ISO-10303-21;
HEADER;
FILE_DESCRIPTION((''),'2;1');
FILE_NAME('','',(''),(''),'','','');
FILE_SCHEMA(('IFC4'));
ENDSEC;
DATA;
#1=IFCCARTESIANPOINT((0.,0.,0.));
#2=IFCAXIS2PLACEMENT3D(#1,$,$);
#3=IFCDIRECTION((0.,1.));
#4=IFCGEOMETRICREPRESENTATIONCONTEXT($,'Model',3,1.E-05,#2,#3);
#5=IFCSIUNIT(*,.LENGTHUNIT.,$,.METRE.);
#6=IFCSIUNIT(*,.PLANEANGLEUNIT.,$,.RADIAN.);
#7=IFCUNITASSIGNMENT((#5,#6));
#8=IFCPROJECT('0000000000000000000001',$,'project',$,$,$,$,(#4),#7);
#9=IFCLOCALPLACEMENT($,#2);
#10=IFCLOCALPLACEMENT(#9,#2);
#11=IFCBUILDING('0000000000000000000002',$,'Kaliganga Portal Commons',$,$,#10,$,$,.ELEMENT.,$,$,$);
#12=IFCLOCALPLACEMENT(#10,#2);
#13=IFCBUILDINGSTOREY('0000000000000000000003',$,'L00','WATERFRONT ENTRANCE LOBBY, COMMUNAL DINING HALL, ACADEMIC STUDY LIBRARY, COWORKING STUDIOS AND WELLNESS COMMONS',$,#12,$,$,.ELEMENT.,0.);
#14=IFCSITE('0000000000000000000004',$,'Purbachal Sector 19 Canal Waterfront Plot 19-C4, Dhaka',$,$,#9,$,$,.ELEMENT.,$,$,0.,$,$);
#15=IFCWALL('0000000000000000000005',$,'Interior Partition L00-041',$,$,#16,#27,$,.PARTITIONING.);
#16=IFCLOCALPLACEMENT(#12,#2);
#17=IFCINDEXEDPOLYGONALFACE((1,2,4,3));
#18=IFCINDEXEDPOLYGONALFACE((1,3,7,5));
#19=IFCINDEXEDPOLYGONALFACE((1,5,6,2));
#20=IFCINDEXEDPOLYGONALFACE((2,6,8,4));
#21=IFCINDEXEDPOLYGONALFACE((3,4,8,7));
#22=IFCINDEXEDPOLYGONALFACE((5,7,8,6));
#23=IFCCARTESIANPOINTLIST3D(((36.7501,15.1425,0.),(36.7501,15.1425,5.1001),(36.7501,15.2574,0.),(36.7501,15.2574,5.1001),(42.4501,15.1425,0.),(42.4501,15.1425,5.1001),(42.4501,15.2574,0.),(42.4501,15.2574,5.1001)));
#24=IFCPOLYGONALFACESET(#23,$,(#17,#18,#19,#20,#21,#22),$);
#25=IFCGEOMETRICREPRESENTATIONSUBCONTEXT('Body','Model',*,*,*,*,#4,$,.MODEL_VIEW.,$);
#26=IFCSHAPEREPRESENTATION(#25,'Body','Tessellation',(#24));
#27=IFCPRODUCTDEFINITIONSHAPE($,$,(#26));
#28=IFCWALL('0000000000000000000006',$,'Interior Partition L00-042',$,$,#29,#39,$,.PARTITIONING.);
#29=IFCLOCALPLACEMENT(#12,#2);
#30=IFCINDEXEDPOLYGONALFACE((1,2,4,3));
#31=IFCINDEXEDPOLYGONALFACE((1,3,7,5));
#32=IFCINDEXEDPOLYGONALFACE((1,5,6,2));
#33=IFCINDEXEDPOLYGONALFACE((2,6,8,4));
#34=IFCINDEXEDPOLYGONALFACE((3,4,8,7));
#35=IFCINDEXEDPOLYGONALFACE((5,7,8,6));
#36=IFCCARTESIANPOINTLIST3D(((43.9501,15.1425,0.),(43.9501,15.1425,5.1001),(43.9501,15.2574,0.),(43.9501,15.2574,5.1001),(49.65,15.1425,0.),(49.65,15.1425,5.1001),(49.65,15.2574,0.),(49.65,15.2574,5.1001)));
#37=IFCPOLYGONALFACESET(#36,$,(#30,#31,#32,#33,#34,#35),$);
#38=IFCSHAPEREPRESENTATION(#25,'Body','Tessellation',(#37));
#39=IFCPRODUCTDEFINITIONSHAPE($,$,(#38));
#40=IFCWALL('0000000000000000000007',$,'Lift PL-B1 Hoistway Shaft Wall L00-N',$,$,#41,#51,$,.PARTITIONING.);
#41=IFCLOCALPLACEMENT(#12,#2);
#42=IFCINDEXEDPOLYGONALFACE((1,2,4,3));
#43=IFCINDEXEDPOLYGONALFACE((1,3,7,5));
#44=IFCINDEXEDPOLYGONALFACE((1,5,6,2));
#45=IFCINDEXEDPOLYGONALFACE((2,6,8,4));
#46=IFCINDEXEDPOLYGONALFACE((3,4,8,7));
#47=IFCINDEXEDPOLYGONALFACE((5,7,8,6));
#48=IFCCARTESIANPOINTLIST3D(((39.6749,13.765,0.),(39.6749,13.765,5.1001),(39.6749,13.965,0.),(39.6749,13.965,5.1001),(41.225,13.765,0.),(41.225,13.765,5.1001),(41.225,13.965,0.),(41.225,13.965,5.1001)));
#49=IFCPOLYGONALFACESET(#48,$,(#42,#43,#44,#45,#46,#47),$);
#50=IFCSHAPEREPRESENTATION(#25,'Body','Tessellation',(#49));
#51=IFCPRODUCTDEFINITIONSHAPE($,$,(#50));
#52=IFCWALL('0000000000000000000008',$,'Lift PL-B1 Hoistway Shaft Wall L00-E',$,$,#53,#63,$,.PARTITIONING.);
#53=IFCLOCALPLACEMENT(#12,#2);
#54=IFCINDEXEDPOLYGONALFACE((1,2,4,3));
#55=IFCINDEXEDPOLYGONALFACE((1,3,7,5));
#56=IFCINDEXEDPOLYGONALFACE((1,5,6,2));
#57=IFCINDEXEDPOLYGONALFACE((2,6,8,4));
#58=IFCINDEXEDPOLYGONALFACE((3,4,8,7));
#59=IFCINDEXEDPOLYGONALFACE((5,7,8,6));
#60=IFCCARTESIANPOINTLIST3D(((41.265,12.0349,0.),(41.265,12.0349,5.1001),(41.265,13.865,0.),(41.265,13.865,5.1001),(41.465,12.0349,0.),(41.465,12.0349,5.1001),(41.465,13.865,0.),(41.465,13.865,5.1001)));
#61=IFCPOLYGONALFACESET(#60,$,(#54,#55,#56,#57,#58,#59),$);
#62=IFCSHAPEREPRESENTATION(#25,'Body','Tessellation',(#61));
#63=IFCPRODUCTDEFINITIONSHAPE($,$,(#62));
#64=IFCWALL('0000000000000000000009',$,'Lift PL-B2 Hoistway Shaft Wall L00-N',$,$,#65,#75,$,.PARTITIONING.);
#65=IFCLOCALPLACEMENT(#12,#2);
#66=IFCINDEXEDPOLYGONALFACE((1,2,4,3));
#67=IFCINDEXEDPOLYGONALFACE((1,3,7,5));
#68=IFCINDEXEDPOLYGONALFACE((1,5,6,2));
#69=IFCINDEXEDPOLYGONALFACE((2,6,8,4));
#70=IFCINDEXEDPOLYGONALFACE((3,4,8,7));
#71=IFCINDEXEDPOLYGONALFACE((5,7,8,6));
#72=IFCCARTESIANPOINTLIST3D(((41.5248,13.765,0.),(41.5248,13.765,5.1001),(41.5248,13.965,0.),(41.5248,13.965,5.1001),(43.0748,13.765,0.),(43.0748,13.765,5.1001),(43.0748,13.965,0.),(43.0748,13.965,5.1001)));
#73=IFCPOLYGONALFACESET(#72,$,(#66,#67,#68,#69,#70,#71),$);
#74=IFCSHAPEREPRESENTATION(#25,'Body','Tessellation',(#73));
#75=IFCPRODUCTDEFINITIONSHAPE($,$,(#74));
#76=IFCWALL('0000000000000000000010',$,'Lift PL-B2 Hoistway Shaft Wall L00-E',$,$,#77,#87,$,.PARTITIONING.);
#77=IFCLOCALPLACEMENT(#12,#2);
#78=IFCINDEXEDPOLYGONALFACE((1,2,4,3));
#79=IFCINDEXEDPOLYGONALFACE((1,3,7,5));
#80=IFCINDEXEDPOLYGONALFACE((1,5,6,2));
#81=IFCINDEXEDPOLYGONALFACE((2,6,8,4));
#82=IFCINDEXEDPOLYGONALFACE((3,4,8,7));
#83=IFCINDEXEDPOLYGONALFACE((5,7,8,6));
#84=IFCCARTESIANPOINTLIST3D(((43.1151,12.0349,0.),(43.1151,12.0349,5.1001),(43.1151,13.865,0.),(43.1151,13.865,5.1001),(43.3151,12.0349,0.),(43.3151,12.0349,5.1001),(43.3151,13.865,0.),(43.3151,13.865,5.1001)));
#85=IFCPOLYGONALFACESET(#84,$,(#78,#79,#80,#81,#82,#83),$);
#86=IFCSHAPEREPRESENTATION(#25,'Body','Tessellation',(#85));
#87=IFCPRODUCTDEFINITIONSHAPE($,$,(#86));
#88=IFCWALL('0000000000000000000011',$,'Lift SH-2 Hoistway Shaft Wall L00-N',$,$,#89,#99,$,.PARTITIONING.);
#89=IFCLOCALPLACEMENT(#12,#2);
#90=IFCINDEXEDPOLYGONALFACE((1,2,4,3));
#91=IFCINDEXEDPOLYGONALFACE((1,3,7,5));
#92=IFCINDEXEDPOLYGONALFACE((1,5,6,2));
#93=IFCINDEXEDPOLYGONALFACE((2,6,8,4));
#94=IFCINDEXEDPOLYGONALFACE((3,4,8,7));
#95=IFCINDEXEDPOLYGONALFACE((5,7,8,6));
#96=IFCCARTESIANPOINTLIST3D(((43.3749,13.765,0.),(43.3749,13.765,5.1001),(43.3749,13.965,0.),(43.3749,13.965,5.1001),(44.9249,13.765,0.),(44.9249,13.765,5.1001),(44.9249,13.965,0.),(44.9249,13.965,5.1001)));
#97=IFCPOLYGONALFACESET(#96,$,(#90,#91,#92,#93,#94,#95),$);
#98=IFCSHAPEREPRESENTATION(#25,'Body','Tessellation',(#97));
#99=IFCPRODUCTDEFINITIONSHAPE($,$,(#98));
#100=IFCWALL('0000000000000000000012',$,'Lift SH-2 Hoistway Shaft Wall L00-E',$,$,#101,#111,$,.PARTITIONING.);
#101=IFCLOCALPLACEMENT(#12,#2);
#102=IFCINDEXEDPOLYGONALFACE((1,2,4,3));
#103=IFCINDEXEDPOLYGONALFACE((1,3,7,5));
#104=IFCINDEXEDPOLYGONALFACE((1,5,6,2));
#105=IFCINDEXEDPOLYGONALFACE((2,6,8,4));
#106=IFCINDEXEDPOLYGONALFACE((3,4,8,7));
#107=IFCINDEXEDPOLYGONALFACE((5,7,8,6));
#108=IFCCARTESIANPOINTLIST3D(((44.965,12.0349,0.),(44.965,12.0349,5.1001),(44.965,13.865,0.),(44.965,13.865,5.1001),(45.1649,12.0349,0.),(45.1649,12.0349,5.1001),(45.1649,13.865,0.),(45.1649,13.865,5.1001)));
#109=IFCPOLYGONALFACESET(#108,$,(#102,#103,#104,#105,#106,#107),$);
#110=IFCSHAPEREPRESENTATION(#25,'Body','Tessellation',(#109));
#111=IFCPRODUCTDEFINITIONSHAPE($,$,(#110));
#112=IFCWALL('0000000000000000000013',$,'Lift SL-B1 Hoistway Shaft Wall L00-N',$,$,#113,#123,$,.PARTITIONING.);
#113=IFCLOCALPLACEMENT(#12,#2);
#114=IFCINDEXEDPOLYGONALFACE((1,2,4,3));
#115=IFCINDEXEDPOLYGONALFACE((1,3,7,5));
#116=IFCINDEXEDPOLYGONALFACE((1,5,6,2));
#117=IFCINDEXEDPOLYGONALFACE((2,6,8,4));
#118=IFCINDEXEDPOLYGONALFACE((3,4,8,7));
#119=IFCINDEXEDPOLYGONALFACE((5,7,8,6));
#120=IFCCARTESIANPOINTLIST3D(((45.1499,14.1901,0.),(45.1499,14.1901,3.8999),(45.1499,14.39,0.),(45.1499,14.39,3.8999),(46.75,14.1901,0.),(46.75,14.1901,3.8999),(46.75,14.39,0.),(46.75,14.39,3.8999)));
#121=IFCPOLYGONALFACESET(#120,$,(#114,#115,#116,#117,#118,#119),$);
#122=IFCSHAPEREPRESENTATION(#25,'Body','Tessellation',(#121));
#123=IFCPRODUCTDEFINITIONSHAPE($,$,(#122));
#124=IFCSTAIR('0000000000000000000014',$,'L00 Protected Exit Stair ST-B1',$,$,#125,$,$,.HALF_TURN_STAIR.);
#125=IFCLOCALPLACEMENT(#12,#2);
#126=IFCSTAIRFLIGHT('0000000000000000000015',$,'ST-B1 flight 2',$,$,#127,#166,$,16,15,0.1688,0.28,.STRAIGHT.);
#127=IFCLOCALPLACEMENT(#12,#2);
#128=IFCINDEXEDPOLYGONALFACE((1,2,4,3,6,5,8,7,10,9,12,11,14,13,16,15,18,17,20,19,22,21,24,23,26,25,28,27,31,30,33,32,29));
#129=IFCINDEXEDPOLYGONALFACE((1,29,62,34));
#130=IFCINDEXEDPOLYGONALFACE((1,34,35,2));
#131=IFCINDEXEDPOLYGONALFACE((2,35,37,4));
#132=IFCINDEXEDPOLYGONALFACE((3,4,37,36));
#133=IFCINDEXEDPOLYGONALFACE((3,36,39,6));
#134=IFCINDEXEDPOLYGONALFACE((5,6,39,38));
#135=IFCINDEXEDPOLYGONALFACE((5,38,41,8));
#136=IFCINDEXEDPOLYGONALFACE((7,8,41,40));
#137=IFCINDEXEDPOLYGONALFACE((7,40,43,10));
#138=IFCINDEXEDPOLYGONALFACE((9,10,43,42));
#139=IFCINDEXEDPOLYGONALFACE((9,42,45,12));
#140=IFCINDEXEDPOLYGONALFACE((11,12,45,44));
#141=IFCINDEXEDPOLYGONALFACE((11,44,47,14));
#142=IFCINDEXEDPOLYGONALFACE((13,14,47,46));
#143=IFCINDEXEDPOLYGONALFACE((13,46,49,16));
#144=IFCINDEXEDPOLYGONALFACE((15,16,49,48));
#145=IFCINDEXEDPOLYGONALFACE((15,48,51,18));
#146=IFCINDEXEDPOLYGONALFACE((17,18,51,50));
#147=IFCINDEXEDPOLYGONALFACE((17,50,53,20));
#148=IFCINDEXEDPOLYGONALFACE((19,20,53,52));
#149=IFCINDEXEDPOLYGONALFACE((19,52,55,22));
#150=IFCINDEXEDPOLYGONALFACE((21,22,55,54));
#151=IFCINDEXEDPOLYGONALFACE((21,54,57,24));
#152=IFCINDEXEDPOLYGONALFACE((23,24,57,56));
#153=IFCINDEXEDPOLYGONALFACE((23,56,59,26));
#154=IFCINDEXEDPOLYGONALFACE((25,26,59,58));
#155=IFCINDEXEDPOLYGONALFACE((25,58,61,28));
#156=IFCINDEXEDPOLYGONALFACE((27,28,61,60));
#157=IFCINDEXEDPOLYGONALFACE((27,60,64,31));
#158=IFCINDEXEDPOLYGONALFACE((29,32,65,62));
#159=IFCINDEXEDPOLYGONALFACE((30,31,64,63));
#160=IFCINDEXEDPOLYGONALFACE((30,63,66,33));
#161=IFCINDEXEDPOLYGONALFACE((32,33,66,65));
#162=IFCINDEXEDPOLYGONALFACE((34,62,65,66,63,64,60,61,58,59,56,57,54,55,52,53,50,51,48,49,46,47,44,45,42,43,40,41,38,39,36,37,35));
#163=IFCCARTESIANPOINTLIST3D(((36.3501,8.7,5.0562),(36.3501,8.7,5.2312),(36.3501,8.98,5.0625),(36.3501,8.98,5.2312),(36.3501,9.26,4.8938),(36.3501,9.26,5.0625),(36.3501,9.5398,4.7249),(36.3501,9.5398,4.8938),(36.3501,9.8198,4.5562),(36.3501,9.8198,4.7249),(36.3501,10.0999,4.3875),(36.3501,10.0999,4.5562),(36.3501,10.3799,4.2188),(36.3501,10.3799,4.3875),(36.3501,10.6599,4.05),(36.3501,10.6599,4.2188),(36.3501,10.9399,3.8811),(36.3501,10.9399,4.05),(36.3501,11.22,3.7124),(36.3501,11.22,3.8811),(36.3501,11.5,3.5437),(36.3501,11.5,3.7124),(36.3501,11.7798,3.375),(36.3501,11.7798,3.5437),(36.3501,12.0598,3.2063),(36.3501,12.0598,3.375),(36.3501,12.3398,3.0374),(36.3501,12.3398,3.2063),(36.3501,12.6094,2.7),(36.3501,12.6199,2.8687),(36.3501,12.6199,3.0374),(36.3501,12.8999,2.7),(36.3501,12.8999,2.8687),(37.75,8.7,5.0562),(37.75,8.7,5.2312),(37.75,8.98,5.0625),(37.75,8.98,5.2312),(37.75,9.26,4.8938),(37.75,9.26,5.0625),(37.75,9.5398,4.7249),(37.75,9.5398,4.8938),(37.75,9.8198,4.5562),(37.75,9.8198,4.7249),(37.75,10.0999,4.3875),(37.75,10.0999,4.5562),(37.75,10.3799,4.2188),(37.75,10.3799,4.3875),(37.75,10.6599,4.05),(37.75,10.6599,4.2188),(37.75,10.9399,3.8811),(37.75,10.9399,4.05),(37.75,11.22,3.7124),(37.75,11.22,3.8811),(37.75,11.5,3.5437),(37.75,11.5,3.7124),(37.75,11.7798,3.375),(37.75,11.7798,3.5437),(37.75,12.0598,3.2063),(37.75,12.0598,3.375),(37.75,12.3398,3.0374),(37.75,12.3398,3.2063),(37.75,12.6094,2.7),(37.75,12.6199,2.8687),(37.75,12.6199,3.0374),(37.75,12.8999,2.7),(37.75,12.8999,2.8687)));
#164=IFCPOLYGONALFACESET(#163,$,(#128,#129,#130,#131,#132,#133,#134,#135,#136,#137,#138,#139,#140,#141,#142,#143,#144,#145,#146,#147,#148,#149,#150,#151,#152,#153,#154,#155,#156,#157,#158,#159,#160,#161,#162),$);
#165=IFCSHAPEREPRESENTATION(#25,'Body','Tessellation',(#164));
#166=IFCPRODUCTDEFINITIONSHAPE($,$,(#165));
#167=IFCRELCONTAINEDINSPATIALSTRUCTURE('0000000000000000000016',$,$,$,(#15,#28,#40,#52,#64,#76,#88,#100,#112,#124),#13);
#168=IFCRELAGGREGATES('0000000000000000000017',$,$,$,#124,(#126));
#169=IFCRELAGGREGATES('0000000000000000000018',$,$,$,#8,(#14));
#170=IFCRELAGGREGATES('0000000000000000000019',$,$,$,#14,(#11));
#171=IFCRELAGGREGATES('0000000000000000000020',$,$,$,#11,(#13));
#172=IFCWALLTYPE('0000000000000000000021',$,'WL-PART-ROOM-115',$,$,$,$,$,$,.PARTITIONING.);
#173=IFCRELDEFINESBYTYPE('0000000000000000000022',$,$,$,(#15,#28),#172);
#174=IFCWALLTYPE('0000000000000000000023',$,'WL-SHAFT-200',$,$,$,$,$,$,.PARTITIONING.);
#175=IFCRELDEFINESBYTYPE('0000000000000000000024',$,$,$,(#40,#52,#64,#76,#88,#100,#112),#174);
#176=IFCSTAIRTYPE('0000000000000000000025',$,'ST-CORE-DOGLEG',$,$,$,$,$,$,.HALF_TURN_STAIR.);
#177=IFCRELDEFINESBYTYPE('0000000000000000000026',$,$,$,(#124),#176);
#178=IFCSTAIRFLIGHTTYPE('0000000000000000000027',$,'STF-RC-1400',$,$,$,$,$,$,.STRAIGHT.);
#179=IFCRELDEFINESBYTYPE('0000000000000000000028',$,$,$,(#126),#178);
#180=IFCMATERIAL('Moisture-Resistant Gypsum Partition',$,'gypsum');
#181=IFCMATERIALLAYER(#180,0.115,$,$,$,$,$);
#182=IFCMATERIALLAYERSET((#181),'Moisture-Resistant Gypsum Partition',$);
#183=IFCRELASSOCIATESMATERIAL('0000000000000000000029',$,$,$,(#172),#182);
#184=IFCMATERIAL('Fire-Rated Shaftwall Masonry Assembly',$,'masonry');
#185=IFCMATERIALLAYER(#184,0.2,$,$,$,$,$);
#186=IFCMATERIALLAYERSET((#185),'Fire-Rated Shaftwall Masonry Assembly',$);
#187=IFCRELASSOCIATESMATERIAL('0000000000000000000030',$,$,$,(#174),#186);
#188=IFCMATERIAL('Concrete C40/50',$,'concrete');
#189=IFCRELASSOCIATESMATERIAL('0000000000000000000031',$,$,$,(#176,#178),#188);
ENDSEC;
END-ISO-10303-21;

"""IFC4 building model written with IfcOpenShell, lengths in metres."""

from ifc_helpers import new_model, si_unit, direction, frame, frame_2d, origin, place, context, subcontext, project, spatial, polyline, rectangle, outline, extrude, material, layer, layer_set, type_object, element, aggregate, save


model = new_model("IFC4")

# Units and contexts
model_context = context("Model", 3, precision=1e-05, world=origin(), true_north=direction((0.0, 1.0)))
body_context = subcontext(model_context, "Body", "Model", "MODEL_VIEW")
ifc_project = project(units=[si_unit("LENGTHUNIT", "METRE"), si_unit("PLANEANGLEUNIT", "RADIAN")], contexts=[model_context])

# Site, building, storey
site_placement = place(None, origin())
site = spatial("IfcSite", under=ifc_project, at=site_placement, Name="Purbachal Sector 19 Canal Waterfront Plot 19-C4, Dhaka", CompositionType="ELEMENT", RefElevation=0.0)
building_placement = place(site_placement, origin())
building = spatial("IfcBuilding", under=site, at=building_placement, Name="Kaliganga Portal Commons", CompositionType="ELEMENT")
storey_placement = place(building_placement, origin())
storey = spatial("IfcBuildingStorey", under=building, at=storey_placement, Name="L00", Description="WATERFRONT ENTRANCE LOBBY, COMMUNAL DINING HALL, ACADEMIC STUDY LIBRARY, COWORKING STUDIOS AND WELLNESS COMMONS", CompositionType="ELEMENT", Elevation=0.0)

# Walls
ifc_material_1 = material(Name="Moisture-Resistant Gypsum Partition", Category="gypsum")
ifc_layer_1 = layer(ifc_material_1, 0.115)
ifc_layer_set_1 = layer_set([ifc_layer_1], Name="Moisture-Resistant Gypsum Partition")
wall_type_1 = type_object("IfcWallType", Name="WL-PART-ROOM-115", PredefinedType="PARTITIONING", material=ifc_layer_set_1)
for number, where, z_axis, x_axis, name in (
    (1, (36.75, 15.2, 0.0), (0.0, 0.0, 1.0), (1.0, 0.0, 0.0), "Interior Partition L00-041"),
    (2, (43.95, 15.2, 0.0), (0.0, 0.0, 1.0), (1.0, 0.0, 0.0), "Interior Partition L00-042"),
):
    element("IfcWall", number, at=place(storey_placement, frame(where, z_axis=z_axis, x_axis=x_axis)), inside=storey, type_object=wall_type_1, Name=name, PredefinedType="PARTITIONING", context=body_context, shape_type="SweptSolid", body=[
        extrude(rectangle(XDim=5.7, YDim=0.115, at=frame_2d((2.8501, 0.0))), origin(), (0.0, 0.0, 1.0), 5.1001),
    ])

# Shared definitions
ifc_material_2 = material(Name="Fire-Rated Shaftwall Masonry Assembly", Category="masonry")
ifc_layer_2 = layer(ifc_material_2, 0.2)
ifc_layer_set_2 = layer_set([ifc_layer_2], Name="Fire-Rated Shaftwall Masonry Assembly")
wall_type_2 = type_object("IfcWallType", Name="WL-SHAFT-200", PredefinedType="PARTITIONING", material=ifc_layer_set_2)

# Walls
wall_1_placement = place(storey_placement, frame((39.675, 13.865, 0.0), z_axis=(0.0, 0.0, 1.0), x_axis=(1.0, 0.0, 0.0)))
element("IfcWall", 3, at=wall_1_placement, inside=storey, type_object=wall_type_2, Name="Lift PL-B1 Hoistway Shaft Wall L00-N", PredefinedType="PARTITIONING", context=body_context, shape_type="SweptSolid", body=[
    extrude(rectangle(XDim=1.55, YDim=0.2, at=frame_2d((0.7749, 0.0))), origin(), (0.0, 0.0, 1.0), 5.1001),
])
wall_2_placement = place(storey_placement, frame((41.365, 12.0349, 0.0), z_axis=(0.0, 0.0, 1.0), x_axis=(0.0, 1.0, 0.0)))
element("IfcWall", 4, at=wall_2_placement, inside=storey, type_object=wall_type_2, Name="Lift PL-B1 Hoistway Shaft Wall L00-E", PredefinedType="PARTITIONING", context=body_context, shape_type="SweptSolid", body=[
    extrude(rectangle(XDim=1.8301, YDim=0.2, at=frame_2d((0.915, 0.0))), origin(), (0.0, 0.0, 1.0), 5.1001),
])

# Walls
wall_3_placement = place(storey_placement, frame((41.5249, 13.865, 0.0), z_axis=(0.0, 0.0, 1.0), x_axis=(1.0, 0.0, 0.0)))
element("IfcWall", 5, at=wall_3_placement, inside=storey, type_object=wall_type_2, Name="Lift PL-B2 Hoistway Shaft Wall L00-N", PredefinedType="PARTITIONING", context=body_context, shape_type="SweptSolid", body=[
    extrude(rectangle(XDim=1.55, YDim=0.2, at=frame_2d((0.7749, 0.0))), origin(), (0.0, 0.0, 1.0), 5.1001),
])
wall_4_placement = place(storey_placement, frame((43.2151, 12.0349, 0.0), z_axis=(0.0, 0.0, 1.0), x_axis=(0.0, 1.0, 0.0)))
element("IfcWall", 6, at=wall_4_placement, inside=storey, type_object=wall_type_2, Name="Lift PL-B2 Hoistway Shaft Wall L00-E", PredefinedType="PARTITIONING", context=body_context, shape_type="SweptSolid", body=[
    extrude(rectangle(XDim=1.8301, YDim=0.2, at=frame_2d((0.915, 0.0))), origin(), (0.0, 0.0, 1.0), 5.1001),
])

# Walls
wall_5_placement = place(storey_placement, frame((43.375, 13.865, 0.0), z_axis=(0.0, 0.0, 1.0), x_axis=(1.0, 0.0, 0.0)))
element("IfcWall", 7, at=wall_5_placement, inside=storey, type_object=wall_type_2, Name="Lift SH-2 Hoistway Shaft Wall L00-N", PredefinedType="PARTITIONING", context=body_context, shape_type="SweptSolid", body=[
    extrude(rectangle(XDim=1.55, YDim=0.2, at=frame_2d((0.7749, 0.0))), origin(), (0.0, 0.0, 1.0), 5.1001),
])
wall_6_placement = place(storey_placement, frame((45.0649, 12.0349, 0.0), z_axis=(0.0, 0.0, 1.0), x_axis=(0.0, 1.0, 0.0)))
element("IfcWall", 8, at=wall_6_placement, inside=storey, type_object=wall_type_2, Name="Lift SH-2 Hoistway Shaft Wall L00-E", PredefinedType="PARTITIONING", context=body_context, shape_type="SweptSolid", body=[
    extrude(rectangle(XDim=1.8301, YDim=0.2, at=frame_2d((0.915, 0.0))), origin(), (0.0, 0.0, 1.0), 5.1001),
])
wall_7_placement = place(storey_placement, frame((45.1499, 14.29, 0.0), z_axis=(0.0, 0.0, 1.0), x_axis=(1.0, 0.0, 0.0)))
element("IfcWall", 9, at=wall_7_placement, inside=storey, type_object=wall_type_2, Name="Lift SL-B1 Hoistway Shaft Wall L00-N", PredefinedType="PARTITIONING", context=body_context, shape_type="SweptSolid", body=[
    extrude(rectangle(XDim=1.6001, YDim=0.2, at=frame_2d((0.8, 0.0))), origin(), (0.0, 0.0, 1.0), 3.8999),
])

# Stair, stair flight
ifc_material_3 = material(Name="Concrete C40/50", Category="concrete")
stair_type = type_object("IfcStairType", Name="ST-CORE-DOGLEG", PredefinedType="HALF_TURN_STAIR", material=ifc_material_3)
stair_1_placement = place(storey_placement, origin())
stair_1 = element("IfcStair", 10, at=stair_1_placement, inside=storey, type_object=stair_type, Name="L00 Protected Exit Stair ST-B1", PredefinedType="HALF_TURN_STAIR")
stair_flight_type = type_object("IfcStairFlightType", Name="STF-RC-1400", PredefinedType="STRAIGHT", material=ifc_material_3)
stair_flight_1_placement = place(storey_placement, frame((37.05, 12.8999, 2.7), z_axis=(0.0, 0.0, 1.0), x_axis=(0.0, -1.0, 0.0)))
stair_flight_1 = element("IfcStairFlight", 11, at=stair_flight_1_placement, type_object=stair_flight_type, Name="ST-B1 flight 2", NumberOfRisers=16, NumberOfTreads=15, PredefinedType="STRAIGHT", RiserHeight=0.1688, TreadLength=0.28, context=body_context, shape_type="SweptSolid", body=[
    extrude(outline(polyline([(0.0, 0.0), (0.0, 0.1687), (0.28, 0.1687), (0.28, 0.3374), (0.5601, 0.3374), (0.5601, 0.5063), (0.8401, 0.5063), (0.8401, 0.675), (1.1201, 0.675), (1.1201, 0.8438), (1.3999, 0.8438), (1.3999, 1.0125), (1.6799, 1.0125), (1.6799, 1.1812), (1.96, 1.1812), (1.96, 1.3501), (2.24, 1.3501), (2.24, 1.5188), (2.52, 1.5188), (2.52, 1.6875), (2.8, 1.6875), (2.8, 1.8562), (3.0801, 1.8562), (3.0801, 2.0249), (3.3601, 2.0249), (3.3601, 2.1938), (3.6399, 2.1938), (3.6399, 2.3625), (3.9199, 2.3625), (3.9199, 2.5312), (4.2, 2.5312), (4.2, 2.7), (4.2, 2.3562), (0.2905, 0.0), (0.0, 0.0)])), frame((0.0, 0.7, 0.0), z_axis=(0.0, -1.0, 0.0), x_axis=(1.0, 0.0, 0.0)), (0.0, 0.0, 1.0), 1.3999),
])
aggregate(stair_1, [stair_flight_1])

save(model, "model.ifc")
